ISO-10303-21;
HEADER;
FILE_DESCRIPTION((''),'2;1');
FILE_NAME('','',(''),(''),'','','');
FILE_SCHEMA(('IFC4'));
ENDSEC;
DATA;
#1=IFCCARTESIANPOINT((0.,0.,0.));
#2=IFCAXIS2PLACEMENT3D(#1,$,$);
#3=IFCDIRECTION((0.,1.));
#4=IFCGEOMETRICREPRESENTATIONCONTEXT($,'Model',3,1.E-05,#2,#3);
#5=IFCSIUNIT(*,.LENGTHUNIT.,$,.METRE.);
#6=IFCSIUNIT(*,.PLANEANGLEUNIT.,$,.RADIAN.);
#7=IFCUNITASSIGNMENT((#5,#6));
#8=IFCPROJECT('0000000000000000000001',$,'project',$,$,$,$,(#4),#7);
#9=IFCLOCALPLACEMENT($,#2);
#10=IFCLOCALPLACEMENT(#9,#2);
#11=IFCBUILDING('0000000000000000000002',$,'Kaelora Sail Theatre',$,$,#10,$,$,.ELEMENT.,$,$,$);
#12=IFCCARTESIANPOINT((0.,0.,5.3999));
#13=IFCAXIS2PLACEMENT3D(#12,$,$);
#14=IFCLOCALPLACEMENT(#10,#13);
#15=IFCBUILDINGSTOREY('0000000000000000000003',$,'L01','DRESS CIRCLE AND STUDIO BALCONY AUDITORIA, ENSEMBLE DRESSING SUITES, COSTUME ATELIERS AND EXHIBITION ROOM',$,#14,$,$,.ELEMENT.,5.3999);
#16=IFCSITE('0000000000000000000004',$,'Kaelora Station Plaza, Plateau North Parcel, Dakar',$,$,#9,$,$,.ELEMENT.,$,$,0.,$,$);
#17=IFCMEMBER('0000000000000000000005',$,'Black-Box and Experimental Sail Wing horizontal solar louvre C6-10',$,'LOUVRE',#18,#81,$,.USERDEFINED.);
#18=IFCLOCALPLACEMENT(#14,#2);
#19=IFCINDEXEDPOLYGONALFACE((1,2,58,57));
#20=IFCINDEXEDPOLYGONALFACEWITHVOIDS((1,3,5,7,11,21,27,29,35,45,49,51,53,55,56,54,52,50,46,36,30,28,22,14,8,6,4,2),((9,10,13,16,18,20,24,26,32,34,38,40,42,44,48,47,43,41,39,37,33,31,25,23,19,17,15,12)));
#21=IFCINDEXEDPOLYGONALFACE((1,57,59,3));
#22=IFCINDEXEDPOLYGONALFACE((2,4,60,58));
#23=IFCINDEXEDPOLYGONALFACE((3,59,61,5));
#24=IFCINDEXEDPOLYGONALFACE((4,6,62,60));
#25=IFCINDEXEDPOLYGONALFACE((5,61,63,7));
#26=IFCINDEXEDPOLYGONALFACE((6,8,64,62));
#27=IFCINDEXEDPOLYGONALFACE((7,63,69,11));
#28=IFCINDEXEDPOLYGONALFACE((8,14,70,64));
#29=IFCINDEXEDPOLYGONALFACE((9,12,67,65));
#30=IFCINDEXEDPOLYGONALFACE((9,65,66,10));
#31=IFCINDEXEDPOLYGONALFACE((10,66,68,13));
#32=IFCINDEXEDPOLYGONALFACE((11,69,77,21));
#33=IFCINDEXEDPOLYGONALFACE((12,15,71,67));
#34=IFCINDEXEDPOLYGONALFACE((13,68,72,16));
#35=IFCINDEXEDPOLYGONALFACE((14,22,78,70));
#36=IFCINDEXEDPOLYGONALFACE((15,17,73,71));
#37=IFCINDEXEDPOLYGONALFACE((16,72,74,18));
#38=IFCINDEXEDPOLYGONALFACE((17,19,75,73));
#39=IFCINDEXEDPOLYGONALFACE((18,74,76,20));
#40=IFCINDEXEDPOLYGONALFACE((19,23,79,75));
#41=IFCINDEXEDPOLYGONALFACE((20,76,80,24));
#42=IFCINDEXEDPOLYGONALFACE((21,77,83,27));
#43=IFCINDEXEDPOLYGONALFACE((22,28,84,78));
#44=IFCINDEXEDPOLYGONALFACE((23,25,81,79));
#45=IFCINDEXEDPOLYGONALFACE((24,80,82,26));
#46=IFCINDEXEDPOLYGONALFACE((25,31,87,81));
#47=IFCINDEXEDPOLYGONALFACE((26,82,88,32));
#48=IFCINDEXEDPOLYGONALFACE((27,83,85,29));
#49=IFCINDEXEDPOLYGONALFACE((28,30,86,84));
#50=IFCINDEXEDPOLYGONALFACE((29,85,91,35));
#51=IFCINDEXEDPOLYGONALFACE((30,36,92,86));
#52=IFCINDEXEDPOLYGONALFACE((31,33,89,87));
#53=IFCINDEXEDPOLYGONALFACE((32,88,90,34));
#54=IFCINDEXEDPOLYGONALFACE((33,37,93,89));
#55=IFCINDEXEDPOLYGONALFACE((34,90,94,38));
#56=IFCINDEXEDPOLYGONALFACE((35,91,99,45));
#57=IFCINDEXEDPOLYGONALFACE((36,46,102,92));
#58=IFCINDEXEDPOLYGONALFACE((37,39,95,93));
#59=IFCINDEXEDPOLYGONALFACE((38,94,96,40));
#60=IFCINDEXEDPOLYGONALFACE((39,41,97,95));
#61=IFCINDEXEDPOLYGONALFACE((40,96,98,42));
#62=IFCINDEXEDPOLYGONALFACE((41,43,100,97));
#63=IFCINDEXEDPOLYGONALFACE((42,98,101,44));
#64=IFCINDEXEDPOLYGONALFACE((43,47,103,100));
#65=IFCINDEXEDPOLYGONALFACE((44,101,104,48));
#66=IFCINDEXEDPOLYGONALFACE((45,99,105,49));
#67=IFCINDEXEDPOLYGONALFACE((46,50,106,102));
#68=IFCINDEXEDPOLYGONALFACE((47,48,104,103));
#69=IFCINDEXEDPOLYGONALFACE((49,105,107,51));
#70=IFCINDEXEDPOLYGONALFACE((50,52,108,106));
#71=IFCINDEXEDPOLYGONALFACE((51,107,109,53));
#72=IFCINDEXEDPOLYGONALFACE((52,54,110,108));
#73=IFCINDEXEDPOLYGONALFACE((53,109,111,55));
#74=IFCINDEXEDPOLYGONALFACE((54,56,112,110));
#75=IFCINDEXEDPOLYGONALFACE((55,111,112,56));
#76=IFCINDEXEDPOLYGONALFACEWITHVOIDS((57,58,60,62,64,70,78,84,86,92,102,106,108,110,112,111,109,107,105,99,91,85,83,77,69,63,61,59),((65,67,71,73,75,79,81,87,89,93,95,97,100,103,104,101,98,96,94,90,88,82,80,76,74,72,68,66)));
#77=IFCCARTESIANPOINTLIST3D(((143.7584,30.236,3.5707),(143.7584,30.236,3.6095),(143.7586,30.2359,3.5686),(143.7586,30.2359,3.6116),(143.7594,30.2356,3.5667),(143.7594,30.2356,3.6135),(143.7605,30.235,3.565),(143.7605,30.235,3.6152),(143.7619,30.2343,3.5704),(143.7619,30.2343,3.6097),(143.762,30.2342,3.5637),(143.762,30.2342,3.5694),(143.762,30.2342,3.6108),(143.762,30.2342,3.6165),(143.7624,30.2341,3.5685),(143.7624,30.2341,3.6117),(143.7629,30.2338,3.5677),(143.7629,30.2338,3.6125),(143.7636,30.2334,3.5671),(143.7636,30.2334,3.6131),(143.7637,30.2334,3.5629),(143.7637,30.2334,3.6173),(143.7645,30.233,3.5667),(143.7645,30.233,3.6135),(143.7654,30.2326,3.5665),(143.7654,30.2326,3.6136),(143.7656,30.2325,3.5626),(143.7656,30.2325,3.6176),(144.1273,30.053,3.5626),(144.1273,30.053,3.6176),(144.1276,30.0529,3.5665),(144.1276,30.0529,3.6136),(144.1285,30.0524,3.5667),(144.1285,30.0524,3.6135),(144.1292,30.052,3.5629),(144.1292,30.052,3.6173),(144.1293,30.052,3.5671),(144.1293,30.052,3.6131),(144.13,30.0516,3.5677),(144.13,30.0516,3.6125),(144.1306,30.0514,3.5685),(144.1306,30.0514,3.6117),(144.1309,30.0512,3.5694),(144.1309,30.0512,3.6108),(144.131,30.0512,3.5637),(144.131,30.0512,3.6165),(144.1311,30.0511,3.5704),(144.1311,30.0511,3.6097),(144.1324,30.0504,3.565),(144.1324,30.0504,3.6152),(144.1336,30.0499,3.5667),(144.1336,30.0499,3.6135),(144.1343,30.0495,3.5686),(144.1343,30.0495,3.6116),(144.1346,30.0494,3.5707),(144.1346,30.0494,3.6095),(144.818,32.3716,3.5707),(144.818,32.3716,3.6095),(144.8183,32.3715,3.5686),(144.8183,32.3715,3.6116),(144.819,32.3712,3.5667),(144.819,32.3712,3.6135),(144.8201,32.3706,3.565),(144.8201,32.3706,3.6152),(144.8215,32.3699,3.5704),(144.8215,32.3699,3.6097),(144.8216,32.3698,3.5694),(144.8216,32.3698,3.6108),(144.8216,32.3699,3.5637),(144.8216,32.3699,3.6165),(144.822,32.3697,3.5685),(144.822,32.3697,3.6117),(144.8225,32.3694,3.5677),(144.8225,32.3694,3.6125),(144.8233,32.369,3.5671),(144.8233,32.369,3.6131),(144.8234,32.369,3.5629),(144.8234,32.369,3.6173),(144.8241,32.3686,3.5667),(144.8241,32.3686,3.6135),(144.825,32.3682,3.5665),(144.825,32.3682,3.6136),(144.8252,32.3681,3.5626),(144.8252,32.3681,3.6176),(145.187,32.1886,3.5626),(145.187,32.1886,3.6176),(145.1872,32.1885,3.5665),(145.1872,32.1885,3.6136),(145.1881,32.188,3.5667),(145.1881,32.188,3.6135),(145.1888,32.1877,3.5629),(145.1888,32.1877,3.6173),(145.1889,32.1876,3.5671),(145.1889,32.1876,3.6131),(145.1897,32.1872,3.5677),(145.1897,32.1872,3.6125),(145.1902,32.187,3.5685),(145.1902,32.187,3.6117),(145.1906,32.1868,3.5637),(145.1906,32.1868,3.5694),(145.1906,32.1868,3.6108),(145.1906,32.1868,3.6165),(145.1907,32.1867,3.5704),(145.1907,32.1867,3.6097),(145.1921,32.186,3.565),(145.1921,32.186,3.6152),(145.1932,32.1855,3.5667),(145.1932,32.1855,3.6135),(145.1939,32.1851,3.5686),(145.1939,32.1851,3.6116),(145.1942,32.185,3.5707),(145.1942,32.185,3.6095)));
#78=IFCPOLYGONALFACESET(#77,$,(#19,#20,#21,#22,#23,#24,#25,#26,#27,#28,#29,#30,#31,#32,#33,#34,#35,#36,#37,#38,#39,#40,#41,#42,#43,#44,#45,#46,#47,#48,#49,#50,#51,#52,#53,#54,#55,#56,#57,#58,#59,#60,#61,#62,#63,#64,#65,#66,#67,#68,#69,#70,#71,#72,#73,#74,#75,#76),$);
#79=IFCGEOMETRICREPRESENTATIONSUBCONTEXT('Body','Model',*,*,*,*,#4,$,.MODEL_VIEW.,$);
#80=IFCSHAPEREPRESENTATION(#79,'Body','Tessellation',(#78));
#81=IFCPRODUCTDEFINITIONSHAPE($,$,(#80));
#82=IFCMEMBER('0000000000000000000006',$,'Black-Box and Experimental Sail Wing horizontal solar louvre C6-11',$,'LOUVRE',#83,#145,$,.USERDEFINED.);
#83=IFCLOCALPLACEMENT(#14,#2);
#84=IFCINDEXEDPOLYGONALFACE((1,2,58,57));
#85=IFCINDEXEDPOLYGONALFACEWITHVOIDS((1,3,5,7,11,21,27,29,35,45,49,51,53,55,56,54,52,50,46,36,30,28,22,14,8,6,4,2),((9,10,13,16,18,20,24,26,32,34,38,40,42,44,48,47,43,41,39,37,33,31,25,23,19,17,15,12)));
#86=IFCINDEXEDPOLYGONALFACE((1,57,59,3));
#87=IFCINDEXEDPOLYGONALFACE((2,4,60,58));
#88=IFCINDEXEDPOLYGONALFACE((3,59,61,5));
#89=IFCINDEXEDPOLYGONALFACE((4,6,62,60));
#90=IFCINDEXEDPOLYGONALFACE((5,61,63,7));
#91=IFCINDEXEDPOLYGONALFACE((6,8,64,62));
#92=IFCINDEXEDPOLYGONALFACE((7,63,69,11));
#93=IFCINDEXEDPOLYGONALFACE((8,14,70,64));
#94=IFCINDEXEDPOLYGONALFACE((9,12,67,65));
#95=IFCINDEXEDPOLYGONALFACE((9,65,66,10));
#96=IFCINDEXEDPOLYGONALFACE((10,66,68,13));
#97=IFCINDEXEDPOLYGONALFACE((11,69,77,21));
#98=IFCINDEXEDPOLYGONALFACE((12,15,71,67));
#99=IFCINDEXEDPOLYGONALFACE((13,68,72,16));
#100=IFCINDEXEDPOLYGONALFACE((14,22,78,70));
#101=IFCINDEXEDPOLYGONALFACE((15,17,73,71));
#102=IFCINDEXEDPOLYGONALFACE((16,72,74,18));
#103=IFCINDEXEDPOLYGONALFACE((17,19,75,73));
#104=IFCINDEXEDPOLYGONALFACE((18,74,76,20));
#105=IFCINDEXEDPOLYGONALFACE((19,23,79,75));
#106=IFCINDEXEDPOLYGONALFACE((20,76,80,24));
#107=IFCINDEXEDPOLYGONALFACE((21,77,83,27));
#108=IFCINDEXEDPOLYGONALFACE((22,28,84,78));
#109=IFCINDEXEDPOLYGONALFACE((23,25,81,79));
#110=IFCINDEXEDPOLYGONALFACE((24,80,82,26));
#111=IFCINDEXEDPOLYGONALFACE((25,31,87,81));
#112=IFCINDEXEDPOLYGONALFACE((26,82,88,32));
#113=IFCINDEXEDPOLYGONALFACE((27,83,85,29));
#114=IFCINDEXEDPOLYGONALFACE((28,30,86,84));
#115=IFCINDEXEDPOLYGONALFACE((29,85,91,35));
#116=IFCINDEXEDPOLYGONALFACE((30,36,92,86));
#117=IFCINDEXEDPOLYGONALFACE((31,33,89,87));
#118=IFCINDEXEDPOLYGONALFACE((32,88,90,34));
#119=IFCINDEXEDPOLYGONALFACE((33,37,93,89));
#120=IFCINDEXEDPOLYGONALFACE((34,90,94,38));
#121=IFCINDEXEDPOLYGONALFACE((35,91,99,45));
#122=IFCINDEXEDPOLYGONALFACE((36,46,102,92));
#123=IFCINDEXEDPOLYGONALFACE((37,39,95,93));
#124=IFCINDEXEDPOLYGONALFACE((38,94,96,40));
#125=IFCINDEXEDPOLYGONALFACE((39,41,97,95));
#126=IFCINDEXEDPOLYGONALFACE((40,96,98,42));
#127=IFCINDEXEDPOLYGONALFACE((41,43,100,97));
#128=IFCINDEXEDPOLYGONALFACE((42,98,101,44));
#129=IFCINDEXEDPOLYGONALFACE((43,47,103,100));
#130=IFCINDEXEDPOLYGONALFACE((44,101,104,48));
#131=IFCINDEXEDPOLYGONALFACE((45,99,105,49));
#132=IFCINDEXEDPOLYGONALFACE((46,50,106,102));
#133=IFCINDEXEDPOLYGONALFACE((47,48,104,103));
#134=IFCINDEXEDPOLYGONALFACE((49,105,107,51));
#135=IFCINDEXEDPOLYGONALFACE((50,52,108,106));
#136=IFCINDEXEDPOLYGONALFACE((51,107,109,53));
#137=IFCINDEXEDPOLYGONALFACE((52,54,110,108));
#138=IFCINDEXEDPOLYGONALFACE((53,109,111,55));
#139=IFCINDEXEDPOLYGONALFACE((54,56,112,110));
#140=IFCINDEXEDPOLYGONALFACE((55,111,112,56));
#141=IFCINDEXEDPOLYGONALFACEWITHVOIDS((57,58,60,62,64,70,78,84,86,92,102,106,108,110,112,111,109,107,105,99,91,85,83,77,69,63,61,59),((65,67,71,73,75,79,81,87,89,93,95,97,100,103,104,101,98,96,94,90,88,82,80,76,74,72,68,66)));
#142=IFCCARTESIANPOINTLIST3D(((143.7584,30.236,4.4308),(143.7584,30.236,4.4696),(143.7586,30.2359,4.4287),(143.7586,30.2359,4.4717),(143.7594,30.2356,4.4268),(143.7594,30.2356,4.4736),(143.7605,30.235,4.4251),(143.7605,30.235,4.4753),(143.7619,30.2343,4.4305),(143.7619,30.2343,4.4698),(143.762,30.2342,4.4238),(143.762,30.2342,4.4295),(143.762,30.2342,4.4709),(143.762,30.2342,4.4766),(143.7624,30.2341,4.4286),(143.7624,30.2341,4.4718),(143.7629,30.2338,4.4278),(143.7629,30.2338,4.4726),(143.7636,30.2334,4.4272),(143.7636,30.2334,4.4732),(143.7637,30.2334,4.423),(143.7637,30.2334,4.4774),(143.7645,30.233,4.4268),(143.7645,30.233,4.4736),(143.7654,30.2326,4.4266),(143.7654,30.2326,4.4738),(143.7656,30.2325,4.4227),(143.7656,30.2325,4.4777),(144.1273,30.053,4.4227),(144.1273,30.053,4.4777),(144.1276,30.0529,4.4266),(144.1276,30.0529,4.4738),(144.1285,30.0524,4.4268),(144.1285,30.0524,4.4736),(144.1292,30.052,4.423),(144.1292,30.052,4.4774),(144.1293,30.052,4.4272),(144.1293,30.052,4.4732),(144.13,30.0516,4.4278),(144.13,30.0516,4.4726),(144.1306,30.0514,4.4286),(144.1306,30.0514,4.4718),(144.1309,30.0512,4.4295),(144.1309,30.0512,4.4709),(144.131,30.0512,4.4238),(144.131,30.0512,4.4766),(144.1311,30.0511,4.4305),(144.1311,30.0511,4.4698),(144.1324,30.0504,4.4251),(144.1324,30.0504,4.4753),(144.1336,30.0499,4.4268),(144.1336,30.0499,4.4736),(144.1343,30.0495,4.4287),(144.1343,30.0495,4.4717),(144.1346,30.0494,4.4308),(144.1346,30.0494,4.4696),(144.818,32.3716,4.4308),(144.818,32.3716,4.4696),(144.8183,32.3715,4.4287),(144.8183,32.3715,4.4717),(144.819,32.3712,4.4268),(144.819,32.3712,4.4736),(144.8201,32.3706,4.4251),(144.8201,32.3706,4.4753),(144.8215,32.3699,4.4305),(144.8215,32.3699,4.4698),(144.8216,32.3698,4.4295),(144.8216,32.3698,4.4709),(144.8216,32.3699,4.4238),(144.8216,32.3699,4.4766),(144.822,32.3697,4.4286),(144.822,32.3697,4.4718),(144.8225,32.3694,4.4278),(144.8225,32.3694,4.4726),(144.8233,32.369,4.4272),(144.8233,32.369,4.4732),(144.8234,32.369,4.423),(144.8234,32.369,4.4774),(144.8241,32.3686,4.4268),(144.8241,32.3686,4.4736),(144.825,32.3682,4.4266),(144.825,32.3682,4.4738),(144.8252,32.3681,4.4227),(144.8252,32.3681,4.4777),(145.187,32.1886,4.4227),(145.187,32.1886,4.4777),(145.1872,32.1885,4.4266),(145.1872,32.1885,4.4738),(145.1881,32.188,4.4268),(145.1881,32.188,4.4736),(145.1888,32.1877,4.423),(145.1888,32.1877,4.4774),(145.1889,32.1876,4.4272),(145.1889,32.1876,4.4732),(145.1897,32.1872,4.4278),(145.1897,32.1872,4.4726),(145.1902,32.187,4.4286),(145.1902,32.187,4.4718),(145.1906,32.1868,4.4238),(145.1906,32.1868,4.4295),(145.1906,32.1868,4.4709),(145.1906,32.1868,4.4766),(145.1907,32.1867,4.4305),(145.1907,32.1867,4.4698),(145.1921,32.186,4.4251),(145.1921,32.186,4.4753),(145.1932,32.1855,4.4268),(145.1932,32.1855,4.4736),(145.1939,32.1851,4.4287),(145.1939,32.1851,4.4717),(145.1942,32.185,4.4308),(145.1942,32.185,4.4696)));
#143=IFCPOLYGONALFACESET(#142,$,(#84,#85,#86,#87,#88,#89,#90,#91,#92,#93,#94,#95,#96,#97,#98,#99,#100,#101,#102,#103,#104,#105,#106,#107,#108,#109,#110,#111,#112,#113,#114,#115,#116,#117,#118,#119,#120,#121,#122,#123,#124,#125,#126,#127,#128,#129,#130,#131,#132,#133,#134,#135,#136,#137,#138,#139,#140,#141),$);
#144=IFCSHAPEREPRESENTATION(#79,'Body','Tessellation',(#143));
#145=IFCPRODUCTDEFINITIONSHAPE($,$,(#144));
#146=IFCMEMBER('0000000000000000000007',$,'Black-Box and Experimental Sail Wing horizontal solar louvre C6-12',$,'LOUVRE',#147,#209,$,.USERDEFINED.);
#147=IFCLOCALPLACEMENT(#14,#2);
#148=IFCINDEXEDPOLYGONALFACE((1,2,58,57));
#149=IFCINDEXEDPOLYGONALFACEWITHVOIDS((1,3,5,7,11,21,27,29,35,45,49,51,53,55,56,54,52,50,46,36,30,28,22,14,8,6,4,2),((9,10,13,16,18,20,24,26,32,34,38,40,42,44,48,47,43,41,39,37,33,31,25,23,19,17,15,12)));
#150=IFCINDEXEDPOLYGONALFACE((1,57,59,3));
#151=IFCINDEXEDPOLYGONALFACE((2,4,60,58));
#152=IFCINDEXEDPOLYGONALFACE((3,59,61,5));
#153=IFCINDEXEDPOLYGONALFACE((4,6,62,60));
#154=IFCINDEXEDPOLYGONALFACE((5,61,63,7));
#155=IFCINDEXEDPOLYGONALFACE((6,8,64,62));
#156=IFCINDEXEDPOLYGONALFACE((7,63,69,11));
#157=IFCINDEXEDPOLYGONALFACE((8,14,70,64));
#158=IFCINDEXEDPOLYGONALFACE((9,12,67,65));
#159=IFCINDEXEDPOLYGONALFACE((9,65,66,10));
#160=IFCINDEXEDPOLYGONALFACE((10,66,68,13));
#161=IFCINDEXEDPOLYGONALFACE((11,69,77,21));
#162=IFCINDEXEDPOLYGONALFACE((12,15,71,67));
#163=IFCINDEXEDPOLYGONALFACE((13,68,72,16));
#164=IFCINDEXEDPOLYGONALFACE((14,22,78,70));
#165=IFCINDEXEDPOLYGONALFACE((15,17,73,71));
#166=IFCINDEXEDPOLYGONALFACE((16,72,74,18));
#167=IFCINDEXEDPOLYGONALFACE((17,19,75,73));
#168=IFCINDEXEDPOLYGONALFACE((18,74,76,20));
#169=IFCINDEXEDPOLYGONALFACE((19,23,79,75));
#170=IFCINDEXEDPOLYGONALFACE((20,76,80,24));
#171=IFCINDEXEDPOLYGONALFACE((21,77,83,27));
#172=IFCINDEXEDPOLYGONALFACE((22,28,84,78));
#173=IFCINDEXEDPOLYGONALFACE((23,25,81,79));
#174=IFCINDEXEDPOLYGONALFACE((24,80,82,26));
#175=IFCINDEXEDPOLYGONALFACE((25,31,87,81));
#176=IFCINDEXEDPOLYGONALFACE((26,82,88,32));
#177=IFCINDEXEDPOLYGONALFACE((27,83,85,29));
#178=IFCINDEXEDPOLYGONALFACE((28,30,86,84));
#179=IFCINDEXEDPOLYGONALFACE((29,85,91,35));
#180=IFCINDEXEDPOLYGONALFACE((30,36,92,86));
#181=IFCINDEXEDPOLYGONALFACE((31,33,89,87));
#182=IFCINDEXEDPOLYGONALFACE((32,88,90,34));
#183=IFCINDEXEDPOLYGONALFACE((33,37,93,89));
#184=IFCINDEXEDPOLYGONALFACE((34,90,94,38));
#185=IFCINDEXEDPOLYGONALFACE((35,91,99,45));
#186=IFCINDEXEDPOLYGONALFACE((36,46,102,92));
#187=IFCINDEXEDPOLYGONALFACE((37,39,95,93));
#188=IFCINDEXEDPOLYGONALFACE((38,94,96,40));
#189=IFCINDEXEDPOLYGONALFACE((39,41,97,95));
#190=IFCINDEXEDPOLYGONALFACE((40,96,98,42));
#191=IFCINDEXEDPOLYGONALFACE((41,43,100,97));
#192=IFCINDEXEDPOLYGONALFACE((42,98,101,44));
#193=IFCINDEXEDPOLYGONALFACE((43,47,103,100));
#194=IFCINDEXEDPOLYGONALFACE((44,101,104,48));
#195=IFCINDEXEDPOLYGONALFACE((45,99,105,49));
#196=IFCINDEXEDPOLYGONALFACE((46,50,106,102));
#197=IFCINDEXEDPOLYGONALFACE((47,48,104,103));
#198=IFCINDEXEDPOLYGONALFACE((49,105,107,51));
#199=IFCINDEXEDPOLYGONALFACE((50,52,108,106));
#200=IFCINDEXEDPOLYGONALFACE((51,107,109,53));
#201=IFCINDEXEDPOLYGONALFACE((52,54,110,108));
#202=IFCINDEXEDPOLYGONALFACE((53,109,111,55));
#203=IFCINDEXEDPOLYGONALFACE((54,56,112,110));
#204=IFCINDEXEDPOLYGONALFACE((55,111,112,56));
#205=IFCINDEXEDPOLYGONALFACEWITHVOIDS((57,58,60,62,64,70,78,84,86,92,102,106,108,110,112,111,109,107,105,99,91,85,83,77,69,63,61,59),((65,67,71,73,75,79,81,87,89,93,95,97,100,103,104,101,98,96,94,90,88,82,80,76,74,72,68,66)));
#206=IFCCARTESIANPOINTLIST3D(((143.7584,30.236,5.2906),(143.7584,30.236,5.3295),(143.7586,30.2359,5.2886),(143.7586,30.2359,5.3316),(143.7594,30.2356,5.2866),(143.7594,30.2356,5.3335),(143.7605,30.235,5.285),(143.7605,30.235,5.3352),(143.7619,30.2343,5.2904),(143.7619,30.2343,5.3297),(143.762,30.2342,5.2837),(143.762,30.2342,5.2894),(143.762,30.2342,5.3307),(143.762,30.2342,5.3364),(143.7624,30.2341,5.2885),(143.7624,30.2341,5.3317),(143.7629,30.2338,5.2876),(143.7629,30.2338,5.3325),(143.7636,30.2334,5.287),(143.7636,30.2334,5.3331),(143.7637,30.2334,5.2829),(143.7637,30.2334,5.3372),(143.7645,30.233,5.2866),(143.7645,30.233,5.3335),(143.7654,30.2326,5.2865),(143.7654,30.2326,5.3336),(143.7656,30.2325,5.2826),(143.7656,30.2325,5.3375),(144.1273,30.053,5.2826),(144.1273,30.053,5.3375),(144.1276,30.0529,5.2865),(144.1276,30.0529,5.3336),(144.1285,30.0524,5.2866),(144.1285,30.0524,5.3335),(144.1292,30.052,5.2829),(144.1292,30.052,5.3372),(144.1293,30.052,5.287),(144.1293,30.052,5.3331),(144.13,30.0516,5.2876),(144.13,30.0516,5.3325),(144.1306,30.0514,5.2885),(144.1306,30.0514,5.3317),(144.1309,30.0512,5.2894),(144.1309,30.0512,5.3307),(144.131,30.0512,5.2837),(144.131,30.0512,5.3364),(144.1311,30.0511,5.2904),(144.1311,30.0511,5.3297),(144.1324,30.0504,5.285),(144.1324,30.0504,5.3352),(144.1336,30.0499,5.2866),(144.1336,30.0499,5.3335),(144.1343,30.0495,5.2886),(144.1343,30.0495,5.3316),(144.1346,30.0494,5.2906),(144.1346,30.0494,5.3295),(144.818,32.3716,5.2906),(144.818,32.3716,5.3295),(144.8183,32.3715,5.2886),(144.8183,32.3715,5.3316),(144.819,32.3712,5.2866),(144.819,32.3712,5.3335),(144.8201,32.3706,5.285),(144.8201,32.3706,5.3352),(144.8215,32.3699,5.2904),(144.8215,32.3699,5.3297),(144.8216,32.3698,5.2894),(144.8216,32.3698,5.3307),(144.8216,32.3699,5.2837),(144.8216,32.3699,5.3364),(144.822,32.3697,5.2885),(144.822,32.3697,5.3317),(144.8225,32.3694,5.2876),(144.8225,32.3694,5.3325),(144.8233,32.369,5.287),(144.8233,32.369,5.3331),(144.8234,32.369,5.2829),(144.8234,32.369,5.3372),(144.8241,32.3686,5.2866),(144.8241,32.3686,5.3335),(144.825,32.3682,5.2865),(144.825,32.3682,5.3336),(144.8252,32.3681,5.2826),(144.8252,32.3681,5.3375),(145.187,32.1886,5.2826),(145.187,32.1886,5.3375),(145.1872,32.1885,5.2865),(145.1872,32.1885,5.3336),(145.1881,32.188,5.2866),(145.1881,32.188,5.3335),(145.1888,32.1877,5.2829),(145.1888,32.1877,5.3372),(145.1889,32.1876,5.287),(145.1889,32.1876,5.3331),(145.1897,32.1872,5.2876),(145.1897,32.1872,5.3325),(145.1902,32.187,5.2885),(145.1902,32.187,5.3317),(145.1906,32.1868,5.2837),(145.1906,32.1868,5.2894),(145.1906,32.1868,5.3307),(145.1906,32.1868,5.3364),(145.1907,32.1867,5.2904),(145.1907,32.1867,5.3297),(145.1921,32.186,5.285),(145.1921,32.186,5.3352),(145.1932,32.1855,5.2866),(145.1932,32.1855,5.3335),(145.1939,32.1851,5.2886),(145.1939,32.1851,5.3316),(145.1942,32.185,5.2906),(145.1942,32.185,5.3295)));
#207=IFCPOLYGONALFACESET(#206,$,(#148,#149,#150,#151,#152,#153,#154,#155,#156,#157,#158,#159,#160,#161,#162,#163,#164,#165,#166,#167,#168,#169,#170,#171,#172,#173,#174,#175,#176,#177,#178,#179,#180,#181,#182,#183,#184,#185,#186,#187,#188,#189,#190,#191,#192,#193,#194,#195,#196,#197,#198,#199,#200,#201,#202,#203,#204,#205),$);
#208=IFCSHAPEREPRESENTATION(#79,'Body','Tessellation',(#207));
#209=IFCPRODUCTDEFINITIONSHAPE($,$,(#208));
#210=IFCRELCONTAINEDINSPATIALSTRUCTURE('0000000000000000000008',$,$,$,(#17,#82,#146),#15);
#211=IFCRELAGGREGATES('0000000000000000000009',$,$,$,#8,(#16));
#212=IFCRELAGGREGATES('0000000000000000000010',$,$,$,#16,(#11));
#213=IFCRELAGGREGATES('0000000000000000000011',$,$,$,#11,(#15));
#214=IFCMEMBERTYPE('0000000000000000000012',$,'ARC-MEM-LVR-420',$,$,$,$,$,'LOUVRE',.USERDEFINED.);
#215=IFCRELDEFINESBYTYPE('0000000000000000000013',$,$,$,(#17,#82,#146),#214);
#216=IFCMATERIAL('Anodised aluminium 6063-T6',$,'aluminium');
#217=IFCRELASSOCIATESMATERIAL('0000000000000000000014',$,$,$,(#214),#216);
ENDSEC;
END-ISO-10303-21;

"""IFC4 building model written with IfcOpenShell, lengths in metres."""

from ifc_helpers import new_model, si_unit, direction, frame, origin, origin_2d, place, context, subcontext, project, spatial, hollow_rectangle, extrude, material, material_profile, profile_set, type_object, element, save


model = new_model("IFC4")

# Units and contexts
model_context = context("Model", 3, precision=1e-05, world=origin(), true_north=direction((0.0, 1.0)))
body_context = subcontext(model_context, "Body", "Model", "MODEL_VIEW")
ifc_project = project(units=[si_unit("LENGTHUNIT", "METRE"), si_unit("PLANEANGLEUNIT", "RADIAN")], contexts=[model_context])

# Site, building, storey
site_placement = place(None, origin())
site = spatial("IfcSite", under=ifc_project, at=site_placement, Name="Kaelora Station Plaza, Plateau North Parcel, Dakar", CompositionType="ELEMENT", RefElevation=0.0)
building_placement = place(site_placement, origin())
building = spatial("IfcBuilding", under=site, at=building_placement, Name="Kaelora Sail Theatre", CompositionType="ELEMENT")
storey_placement = place(building_placement, frame((0.0, 0.0, 5.3999)))
storey = spatial("IfcBuildingStorey", under=building, at=storey_placement, Name="L01", Description="DRESS CIRCLE AND STUDIO BALCONY AUDITORIA, ENSEMBLE DRESSING SUITES, COSTUME ATELIERS AND EXHIBITION ROOM", CompositionType="ELEMENT", Elevation=5.3999)

# Members
ifc_material_1 = material(Name="Anodised aluminium 6063-T6", Category="aluminium")
ifc_material_profile_1 = material_profile(ifc_material_1, hollow_rectangle(XDim=0.4199, YDim=0.0549, WallThickness=0.0039, InnerFilletRadius=0.0039, OuterFilletRadius=0.0081, at=origin_2d()), Name="LOUVRE 420x55x4")
ifc_profile_set_1 = profile_set([ifc_material_profile_1], Name="Anodised aluminium 6063-T6")
member_type = type_object("IfcMemberType", Name="ARC-MEM-LVR-420", ElementType="LOUVRE", PredefinedType="USERDEFINED", material=ifc_profile_set_1)
for number, where, z_axis, x_axis, name in (
    (1, (145.0061, 32.2783, 3.5901), (-0.444467, -0.895795, 0.0), (0.895795, -0.444467, 0.0), "Black-Box and Experimental Sail Wing horizontal solar louvre C6-10"),
    (2, (145.0061, 32.2783, 4.4502), (-0.444467, -0.895795, 0.0), (0.895795, -0.444467, 0.0), "Black-Box and Experimental Sail Wing horizontal solar louvre C6-11"),
    (3, (145.0061, 32.2783, 5.3101), (-0.444467, -0.895795, 0.0), (0.895795, -0.444467, 0.0), "Black-Box and Experimental Sail Wing horizontal solar louvre C6-12"),
):
    element("IfcMember", number, at=place(storey_placement, frame(where, z_axis=z_axis, x_axis=x_axis)), inside=storey, type_object=member_type, Name=name, ObjectType="LOUVRE", PredefinedType="USERDEFINED", context=body_context, shape_type="SweptSolid", body=[
        extrude(hollow_rectangle(XDim=0.4199, YDim=0.0549, WallThickness=0.0039, InnerFilletRadius=0.0039, OuterFilletRadius=0.0081, at=origin_2d()), origin(), (0.0, 0.0, 1.0), 2.384),
    ])

save(model, "model.ifc")
